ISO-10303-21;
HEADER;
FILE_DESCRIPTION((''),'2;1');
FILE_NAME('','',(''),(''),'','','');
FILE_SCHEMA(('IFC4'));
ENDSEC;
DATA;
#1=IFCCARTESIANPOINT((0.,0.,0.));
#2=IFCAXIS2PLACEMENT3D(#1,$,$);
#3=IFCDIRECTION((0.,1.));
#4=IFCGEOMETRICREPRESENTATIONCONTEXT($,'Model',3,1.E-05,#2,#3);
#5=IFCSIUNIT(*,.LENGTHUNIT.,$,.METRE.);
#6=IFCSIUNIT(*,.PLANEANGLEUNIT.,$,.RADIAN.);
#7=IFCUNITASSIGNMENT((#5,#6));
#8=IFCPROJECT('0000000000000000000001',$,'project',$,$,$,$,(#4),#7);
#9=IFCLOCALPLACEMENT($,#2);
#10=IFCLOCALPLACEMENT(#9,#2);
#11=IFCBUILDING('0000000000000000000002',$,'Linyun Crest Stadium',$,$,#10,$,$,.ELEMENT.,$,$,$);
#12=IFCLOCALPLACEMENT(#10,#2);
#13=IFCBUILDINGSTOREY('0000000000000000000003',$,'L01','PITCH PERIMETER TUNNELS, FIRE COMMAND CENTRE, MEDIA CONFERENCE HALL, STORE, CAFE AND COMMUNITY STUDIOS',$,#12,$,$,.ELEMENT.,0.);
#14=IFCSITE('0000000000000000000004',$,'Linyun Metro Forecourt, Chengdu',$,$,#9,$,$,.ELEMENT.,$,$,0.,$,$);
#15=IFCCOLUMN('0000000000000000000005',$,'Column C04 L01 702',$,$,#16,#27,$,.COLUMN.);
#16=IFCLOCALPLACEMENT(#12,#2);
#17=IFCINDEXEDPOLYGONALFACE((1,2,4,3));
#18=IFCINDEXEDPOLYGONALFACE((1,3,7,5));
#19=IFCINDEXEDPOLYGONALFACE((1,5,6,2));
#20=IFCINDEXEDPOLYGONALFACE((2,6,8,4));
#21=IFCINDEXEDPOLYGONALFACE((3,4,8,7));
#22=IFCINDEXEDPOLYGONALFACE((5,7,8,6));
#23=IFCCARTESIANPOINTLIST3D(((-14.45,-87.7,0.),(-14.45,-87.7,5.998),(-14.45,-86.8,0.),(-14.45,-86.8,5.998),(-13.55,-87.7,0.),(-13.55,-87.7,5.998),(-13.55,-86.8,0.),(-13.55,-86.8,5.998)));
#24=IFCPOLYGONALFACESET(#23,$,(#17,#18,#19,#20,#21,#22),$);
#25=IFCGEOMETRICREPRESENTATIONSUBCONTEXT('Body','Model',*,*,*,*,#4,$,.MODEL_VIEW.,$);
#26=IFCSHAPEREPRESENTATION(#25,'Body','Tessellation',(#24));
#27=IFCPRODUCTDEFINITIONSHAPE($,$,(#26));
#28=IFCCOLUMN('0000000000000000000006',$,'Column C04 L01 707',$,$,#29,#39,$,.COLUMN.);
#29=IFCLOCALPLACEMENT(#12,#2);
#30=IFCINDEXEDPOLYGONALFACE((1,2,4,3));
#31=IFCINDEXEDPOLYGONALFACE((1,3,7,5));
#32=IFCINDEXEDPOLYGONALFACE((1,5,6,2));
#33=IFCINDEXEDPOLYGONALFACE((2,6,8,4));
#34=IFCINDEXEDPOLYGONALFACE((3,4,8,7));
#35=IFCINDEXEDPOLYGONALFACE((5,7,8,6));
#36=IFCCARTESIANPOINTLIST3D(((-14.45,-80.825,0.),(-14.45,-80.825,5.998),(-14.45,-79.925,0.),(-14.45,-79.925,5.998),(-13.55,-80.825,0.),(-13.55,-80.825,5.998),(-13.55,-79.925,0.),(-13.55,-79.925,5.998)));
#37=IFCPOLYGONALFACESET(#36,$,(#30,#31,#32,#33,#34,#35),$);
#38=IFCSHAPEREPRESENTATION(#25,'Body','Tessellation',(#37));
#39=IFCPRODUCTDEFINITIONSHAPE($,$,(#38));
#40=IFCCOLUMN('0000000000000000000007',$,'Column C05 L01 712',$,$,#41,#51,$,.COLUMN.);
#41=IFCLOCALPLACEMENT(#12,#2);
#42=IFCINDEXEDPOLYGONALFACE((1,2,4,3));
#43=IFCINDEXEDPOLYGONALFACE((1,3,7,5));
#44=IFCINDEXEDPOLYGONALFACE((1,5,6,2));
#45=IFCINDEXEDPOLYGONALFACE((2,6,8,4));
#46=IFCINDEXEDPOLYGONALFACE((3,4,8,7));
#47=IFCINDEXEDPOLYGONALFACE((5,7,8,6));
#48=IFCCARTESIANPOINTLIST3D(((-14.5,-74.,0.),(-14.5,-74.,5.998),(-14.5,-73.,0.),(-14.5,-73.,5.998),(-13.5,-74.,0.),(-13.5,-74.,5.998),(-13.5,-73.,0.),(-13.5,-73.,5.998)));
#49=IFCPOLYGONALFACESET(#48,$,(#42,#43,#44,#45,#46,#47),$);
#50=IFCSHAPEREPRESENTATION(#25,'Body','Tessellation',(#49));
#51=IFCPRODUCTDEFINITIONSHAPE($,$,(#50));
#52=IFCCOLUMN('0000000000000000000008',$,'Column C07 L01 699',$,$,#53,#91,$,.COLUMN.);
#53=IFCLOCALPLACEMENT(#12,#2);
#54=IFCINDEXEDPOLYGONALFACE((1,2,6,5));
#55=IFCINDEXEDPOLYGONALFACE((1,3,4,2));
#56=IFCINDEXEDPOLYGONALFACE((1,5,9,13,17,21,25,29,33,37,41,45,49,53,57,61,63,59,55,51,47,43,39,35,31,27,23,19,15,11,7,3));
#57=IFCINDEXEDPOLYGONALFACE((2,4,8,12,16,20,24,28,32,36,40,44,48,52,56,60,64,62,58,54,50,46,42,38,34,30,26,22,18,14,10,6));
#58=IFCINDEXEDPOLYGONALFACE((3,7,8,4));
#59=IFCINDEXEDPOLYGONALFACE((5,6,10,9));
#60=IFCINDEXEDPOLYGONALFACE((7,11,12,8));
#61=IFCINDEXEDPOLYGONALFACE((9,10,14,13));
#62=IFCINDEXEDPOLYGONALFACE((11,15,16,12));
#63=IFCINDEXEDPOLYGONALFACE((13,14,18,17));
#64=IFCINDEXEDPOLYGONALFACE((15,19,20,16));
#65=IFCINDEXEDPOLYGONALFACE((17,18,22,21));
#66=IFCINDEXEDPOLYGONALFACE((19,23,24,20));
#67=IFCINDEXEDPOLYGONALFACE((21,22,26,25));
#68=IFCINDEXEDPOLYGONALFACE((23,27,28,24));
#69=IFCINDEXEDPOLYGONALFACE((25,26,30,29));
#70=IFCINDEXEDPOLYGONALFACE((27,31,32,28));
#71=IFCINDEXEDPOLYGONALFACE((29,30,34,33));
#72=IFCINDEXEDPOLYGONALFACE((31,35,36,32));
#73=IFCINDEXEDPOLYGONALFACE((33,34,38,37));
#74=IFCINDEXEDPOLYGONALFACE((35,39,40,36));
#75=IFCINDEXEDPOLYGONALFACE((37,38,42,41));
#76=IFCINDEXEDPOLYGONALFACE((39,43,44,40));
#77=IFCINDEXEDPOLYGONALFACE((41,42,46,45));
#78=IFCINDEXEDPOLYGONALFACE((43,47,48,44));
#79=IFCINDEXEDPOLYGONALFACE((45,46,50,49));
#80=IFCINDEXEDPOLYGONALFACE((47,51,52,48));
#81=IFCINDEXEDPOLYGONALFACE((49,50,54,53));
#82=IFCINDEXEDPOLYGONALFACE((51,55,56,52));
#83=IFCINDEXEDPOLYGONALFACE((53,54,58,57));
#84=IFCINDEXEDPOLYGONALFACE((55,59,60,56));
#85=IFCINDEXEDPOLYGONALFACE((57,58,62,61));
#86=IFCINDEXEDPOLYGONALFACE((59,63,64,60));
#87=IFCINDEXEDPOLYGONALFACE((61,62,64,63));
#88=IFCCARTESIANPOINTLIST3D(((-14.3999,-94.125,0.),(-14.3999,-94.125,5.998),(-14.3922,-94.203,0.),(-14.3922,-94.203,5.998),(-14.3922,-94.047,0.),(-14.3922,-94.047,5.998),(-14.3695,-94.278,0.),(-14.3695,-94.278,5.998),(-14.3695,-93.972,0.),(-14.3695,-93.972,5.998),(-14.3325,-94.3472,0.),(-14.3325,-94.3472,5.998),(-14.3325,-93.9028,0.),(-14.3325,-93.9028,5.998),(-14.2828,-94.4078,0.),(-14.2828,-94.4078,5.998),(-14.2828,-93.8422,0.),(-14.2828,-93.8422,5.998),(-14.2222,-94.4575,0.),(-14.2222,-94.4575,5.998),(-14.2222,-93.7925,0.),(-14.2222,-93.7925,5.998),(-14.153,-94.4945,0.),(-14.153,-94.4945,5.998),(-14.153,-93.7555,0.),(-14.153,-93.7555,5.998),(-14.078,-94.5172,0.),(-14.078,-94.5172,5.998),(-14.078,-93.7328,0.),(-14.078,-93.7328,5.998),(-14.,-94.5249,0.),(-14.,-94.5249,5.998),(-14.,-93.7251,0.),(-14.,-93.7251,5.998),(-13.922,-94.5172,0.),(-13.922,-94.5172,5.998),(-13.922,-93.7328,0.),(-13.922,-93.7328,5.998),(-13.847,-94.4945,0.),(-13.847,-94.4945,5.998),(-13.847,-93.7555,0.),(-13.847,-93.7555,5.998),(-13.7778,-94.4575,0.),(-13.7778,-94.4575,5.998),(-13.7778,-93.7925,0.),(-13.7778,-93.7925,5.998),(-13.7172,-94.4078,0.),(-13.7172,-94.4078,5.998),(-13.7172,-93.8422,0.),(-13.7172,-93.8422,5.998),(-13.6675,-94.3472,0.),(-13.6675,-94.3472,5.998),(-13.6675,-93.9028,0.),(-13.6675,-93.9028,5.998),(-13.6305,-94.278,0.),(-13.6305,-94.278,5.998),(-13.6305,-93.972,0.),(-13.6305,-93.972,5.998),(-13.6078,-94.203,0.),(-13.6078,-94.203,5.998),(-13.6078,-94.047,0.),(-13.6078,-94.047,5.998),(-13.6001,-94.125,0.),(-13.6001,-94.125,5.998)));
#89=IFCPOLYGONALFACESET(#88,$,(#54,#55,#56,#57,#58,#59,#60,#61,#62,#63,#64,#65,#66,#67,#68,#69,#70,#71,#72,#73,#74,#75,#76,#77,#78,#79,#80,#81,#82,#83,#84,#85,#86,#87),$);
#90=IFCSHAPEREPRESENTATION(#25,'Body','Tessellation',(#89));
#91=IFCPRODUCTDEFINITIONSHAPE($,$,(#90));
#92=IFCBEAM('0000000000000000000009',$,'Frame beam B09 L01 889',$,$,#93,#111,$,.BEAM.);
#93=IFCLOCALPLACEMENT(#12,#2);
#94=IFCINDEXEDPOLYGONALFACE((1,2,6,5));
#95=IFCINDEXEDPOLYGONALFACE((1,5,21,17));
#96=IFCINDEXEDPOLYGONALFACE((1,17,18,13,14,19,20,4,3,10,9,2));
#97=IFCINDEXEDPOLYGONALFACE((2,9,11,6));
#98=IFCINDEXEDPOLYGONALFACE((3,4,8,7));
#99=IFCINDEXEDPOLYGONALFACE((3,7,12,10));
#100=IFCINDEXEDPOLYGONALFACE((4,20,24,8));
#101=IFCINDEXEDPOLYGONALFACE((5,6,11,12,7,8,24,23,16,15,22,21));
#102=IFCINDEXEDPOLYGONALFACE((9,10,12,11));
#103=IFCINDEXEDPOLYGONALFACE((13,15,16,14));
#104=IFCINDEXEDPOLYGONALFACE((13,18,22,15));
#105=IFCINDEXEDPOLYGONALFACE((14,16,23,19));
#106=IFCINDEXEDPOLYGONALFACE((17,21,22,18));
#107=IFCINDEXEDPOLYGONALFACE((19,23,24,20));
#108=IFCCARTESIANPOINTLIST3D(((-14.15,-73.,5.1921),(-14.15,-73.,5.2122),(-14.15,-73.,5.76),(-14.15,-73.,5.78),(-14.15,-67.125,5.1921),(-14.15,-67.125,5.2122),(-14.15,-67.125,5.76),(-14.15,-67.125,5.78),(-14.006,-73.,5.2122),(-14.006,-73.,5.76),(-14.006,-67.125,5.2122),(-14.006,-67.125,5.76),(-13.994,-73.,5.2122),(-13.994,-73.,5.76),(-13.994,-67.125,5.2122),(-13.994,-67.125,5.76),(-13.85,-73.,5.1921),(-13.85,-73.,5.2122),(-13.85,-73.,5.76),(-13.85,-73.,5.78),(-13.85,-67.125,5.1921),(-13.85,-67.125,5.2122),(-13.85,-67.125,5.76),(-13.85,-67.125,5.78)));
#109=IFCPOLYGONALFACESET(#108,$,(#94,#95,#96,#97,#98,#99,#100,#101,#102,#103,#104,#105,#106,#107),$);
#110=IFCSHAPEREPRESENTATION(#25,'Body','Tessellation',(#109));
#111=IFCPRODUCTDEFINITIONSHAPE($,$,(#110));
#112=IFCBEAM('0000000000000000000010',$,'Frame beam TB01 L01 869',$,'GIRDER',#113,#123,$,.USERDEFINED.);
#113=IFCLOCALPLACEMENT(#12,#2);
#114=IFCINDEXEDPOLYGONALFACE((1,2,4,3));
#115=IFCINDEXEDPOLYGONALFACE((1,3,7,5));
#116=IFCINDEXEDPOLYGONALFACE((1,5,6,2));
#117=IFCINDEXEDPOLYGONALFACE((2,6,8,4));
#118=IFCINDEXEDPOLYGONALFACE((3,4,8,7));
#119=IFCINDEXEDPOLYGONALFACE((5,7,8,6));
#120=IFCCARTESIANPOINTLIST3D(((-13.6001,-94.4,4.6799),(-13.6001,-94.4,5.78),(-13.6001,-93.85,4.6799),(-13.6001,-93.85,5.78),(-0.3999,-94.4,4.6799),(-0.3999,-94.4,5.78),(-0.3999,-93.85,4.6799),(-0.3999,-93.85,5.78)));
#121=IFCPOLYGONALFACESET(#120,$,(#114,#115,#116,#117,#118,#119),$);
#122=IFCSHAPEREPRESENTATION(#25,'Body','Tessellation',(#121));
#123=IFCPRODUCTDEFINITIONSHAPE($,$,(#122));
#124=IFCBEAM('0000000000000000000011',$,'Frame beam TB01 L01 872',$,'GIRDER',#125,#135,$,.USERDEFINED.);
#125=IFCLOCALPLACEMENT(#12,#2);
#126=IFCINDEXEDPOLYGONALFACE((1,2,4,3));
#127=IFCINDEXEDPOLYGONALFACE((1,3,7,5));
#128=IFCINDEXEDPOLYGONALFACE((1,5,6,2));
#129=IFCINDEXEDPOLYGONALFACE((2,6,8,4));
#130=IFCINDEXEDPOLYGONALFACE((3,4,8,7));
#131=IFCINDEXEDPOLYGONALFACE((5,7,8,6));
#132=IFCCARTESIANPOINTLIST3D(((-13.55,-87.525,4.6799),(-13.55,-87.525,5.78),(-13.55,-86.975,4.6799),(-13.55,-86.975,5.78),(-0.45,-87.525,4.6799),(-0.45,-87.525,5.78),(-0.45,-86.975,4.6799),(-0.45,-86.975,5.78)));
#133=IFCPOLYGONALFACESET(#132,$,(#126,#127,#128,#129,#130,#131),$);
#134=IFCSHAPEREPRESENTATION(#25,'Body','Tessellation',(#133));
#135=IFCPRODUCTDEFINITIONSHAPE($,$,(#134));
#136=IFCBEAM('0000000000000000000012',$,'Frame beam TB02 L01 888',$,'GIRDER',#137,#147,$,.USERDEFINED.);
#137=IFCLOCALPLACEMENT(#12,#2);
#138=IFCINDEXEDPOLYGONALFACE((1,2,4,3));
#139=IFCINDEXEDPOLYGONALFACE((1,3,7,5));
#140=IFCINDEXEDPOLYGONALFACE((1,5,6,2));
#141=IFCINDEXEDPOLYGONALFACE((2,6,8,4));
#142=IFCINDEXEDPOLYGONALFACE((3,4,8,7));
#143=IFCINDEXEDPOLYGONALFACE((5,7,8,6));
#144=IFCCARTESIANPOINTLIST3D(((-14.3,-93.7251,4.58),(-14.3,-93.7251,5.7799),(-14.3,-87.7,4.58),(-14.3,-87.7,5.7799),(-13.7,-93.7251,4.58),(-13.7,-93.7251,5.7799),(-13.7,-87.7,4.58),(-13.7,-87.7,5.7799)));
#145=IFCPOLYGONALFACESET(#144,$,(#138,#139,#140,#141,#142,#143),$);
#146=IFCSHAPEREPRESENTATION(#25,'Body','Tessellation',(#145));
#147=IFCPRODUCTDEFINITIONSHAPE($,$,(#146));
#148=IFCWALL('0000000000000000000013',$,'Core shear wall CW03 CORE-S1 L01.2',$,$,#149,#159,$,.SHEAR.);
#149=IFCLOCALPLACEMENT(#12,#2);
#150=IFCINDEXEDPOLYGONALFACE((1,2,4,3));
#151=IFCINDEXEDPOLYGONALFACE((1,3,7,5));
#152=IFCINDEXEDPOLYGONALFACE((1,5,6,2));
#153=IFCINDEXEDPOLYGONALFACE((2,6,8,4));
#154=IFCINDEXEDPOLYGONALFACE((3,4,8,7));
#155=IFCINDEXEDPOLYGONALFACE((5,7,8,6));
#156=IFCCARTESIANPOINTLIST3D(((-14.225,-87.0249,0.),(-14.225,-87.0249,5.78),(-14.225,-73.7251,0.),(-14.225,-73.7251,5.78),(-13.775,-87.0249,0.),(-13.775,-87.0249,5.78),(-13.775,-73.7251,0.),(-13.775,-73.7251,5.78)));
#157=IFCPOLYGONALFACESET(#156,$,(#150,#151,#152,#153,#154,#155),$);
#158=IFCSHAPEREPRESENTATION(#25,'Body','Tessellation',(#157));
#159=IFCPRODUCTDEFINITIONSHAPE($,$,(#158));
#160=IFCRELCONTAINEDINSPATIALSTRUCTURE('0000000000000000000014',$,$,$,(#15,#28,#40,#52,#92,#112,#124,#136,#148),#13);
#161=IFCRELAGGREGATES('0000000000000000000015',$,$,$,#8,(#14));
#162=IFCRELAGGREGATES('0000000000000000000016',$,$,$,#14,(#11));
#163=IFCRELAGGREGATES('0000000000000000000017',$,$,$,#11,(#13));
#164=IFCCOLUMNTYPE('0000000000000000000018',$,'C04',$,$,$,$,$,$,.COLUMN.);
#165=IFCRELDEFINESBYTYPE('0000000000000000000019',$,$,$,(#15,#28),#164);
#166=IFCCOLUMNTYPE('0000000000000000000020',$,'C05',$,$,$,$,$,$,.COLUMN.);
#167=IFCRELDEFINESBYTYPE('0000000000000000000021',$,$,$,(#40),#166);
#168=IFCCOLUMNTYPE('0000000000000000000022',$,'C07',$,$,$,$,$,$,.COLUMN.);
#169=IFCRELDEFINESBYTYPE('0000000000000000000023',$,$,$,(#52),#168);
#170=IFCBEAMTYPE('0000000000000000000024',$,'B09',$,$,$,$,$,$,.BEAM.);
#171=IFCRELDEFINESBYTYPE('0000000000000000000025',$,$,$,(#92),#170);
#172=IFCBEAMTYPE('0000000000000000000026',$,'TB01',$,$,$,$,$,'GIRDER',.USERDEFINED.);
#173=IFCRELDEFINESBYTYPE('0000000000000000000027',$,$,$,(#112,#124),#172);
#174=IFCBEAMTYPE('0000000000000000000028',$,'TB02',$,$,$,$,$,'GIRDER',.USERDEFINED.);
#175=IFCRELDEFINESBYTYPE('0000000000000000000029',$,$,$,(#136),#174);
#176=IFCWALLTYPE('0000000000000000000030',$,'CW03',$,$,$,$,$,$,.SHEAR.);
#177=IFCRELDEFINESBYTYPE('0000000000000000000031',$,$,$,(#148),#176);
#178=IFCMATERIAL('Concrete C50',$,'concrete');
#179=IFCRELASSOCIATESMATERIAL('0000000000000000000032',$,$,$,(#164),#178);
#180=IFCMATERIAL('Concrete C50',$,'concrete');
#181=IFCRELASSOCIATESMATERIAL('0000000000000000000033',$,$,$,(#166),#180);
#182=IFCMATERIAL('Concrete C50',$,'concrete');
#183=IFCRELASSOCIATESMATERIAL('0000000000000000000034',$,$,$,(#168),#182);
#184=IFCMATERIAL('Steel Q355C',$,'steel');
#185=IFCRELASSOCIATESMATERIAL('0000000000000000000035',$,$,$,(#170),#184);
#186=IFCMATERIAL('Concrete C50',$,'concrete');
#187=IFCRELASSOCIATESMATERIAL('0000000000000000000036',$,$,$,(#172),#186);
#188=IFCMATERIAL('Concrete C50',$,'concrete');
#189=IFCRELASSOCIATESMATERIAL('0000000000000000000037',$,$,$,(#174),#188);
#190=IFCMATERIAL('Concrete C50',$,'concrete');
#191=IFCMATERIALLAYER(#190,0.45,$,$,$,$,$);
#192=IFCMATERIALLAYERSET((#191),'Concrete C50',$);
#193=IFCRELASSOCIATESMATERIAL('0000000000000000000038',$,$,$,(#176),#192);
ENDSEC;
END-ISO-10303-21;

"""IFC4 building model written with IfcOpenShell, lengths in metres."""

from ifc_helpers import new_model, si_unit, direction, frame, frame_2d, origin, origin_2d, place, context, subcontext, project, spatial, rectangle, circle, i_section, extrude, material, layer, layer_set, material_profile, profile_set, type_object, element, save


model = new_model("IFC4")

# Units and contexts
model_context = context("Model", 3, precision=1e-05, world=origin(), true_north=direction((0.0, 1.0)))
body_context = subcontext(model_context, "Body", "Model", "MODEL_VIEW")
ifc_project = project(units=[si_unit("LENGTHUNIT", "METRE"), si_unit("PLANEANGLEUNIT", "RADIAN")], contexts=[model_context])

# Site, building, storey
site_placement = place(None, origin())
site = spatial("IfcSite", under=ifc_project, at=site_placement, Name="Linyun Metro Forecourt, Chengdu", CompositionType="ELEMENT", RefElevation=0.0)
building_placement = place(site_placement, origin())
building = spatial("IfcBuilding", under=site, at=building_placement, Name="Linyun Crest Stadium", CompositionType="ELEMENT")
storey_placement = place(building_placement, origin())
storey = spatial("IfcBuildingStorey", under=building, at=storey_placement, Name="L01", Description="PITCH PERIMETER TUNNELS, FIRE COMMAND CENTRE, MEDIA CONFERENCE HALL, STORE, CAFE AND COMMUNITY STUDIOS", CompositionType="ELEMENT", Elevation=0.0)

# Columns
ifc_material_1 = material(Name="Concrete C50", Category="concrete")
ifc_material_profile_1 = material_profile(ifc_material_1, rectangle(XDim=0.8999, YDim=0.8999, at=origin_2d()), Name="RC 900x900")
ifc_profile_set_1 = profile_set([ifc_material_profile_1], Name="Concrete C50")
column_type_1 = type_object("IfcColumnType", Name="C04", PredefinedType="COLUMN", material=ifc_profile_set_1)
for number, where, z_axis, x_axis, name in (
    (1, (-14.0, -87.25, 0.0), (0.0, 0.0, 1.0), (1.0, 0.0, 0.0), "Column C04 L01 702"),
    (2, (-14.0, -80.375, 0.0), (0.0, 0.0, 1.0), (1.0, 0.0, 0.0), "Column C04 L01 707"),
):
    element("IfcColumn", number, at=place(storey_placement, frame(where, z_axis=z_axis, x_axis=x_axis)), inside=storey, type_object=column_type_1, Name=name, PredefinedType="COLUMN", context=body_context, shape_type="SweptSolid", body=[
        extrude(rectangle(XDim=0.8999, YDim=0.8999, at=origin_2d()), origin(), (0.0, 0.0, 1.0), 5.998),
    ])
ifc_material_2 = material(Name="Concrete C50", Category="concrete")
ifc_material_profile_2 = material_profile(ifc_material_2, rectangle(XDim=1.0, YDim=1.0, at=origin_2d()), Name="RC 1000x1000")
ifc_profile_set_2 = profile_set([ifc_material_profile_2], Name="Concrete C50")
column_type_2 = type_object("IfcColumnType", Name="C05", PredefinedType="COLUMN", material=ifc_profile_set_2)
column_1_placement = place(storey_placement, frame((-14.0, -73.5, 0.0), z_axis=(0.0, 0.0, 1.0), x_axis=(1.0, 0.0, 0.0)))
element("IfcColumn", 3, at=column_1_placement, inside=storey, type_object=column_type_2, Name="Column C05 L01 712", PredefinedType="COLUMN", context=body_context, shape_type="SweptSolid", body=[
    extrude(rectangle(XDim=1.0, YDim=1.0, at=origin_2d()), origin(), (0.0, 0.0, 1.0), 5.998),
])
ifc_material_3 = material(Name="Concrete C50", Category="concrete")
ifc_material_profile_3 = material_profile(ifc_material_3, circle(Radius=0.3999, at=origin_2d()), Name="RC D800")
ifc_profile_set_3 = profile_set([ifc_material_profile_3], Name="Concrete C50")
column_type_3 = type_object("IfcColumnType", Name="C07", PredefinedType="COLUMN", material=ifc_profile_set_3)
column_2_placement = place(storey_placement, frame((-14.0, -94.125, 0.0), z_axis=(0.0, 0.0, 1.0), x_axis=(1.0, 0.0, 0.0)))
element("IfcColumn", 4, at=column_2_placement, inside=storey, type_object=column_type_3, Name="Column C07 L01 699", PredefinedType="COLUMN", context=body_context, shape_type="SweptSolid", body=[
    extrude(circle(Radius=0.3999, at=origin_2d()), origin(), (0.0, 0.0, 1.0), 5.998),
])

# Beams
ifc_material_4 = material(Name="Steel Q355C", Category="steel")
ifc_material_profile_4 = material_profile(ifc_material_4, i_section(OverallWidth=0.3, OverallDepth=0.5879, WebThickness=0.012, FlangeThickness=0.02, at=origin_2d()), Name="HM 588x300")
ifc_profile_set_4 = profile_set([ifc_material_profile_4], Name="Steel Q355C")
beam_type_1 = type_object("IfcBeamType", Name="B09", PredefinedType="BEAM", material=ifc_profile_set_4)
beam_1_placement = place(storey_placement, frame((-14.0, -73.0, 5.4861), z_axis=(0.0, 1.0, 0.0), x_axis=(-1.0, 0.0, 0.0)))
element("IfcBeam", 5, at=beam_1_placement, inside=storey, type_object=beam_type_1, Name="Frame beam B09 L01 889", PredefinedType="BEAM", context=body_context, shape_type="SweptSolid", body=[
    extrude(i_section(OverallWidth=0.3, OverallDepth=0.5879, WebThickness=0.012, FlangeThickness=0.02, at=origin_2d()), origin(), (0.0, 0.0, 1.0), 5.875),
])
ifc_material_5 = material(Name="Concrete C50", Category="concrete")
ifc_material_profile_5 = material_profile(ifc_material_5, rectangle(XDim=0.55, YDim=1.1001, at=origin_2d()), Name="RCB 1100x550")
ifc_profile_set_5 = profile_set([ifc_material_profile_5], Name="Concrete C50")
beam_type_2 = type_object("IfcBeamType", Name="TB01", ElementType="GIRDER", PredefinedType="USERDEFINED", material=ifc_profile_set_5)
beam_2_placement = place(storey_placement, frame((-13.6001, -94.125, 5.23), z_axis=(1.0, 0.0, 0.0), x_axis=(0.0, 1.0, 0.0)))
element("IfcBeam", 6, at=beam_2_placement, inside=storey, type_object=beam_type_2, Name="Frame beam TB01 L01 869", ObjectType="GIRDER", PredefinedType="USERDEFINED", context=body_context, shape_type="SweptSolid", body=[
    extrude(rectangle(XDim=0.55, YDim=1.1001, at=origin_2d()), origin(), (0.0, 0.0, 1.0), 13.2002),
])
beam_3_placement = place(storey_placement, frame((-13.55, -87.25, 5.23), z_axis=(1.0, 0.0, 0.0), x_axis=(0.0, 1.0, 0.0)))
element("IfcBeam", 7, at=beam_3_placement, inside=storey, type_object=beam_type_2, Name="Frame beam TB01 L01 872", ObjectType="GIRDER", PredefinedType="USERDEFINED", context=body_context, shape_type="SweptSolid", body=[
    extrude(rectangle(XDim=0.55, YDim=1.1001, at=origin_2d()), origin(), (0.0, 0.0, 1.0), 13.1001),
])
ifc_material_6 = material(Name="Concrete C50", Category="concrete")
ifc_material_profile_6 = material_profile(ifc_material_6, rectangle(XDim=0.6001, YDim=1.2, at=origin_2d()), Name="RCB 1200x600")
ifc_profile_set_6 = profile_set([ifc_material_profile_6], Name="Concrete C50")
beam_type_3 = type_object("IfcBeamType", Name="TB02", ElementType="GIRDER", PredefinedType="USERDEFINED", material=ifc_profile_set_6)
beam_4_placement = place(storey_placement, frame((-14.0, -93.7251, 5.1799), z_axis=(0.0, 1.0, 0.0), x_axis=(-1.0, 0.0, 0.0)))
element("IfcBeam", 8, at=beam_4_placement, inside=storey, type_object=beam_type_3, Name="Frame beam TB02 L01 888", ObjectType="GIRDER", PredefinedType="USERDEFINED", context=body_context, shape_type="SweptSolid", body=[
    extrude(rectangle(XDim=0.6001, YDim=1.2, at=origin_2d()), origin(), (0.0, 0.0, 1.0), 6.0251),
])

# Wall
ifc_material_7 = material(Name="Concrete C50", Category="concrete")
ifc_layer_1 = layer(ifc_material_7, 0.45)
ifc_layer_set_1 = layer_set([ifc_layer_1], Name="Concrete C50")
wall_type_1 = type_object("IfcWallType", Name="CW03", PredefinedType="SHEAR", material=ifc_layer_set_1)
wall_1_placement = place(storey_placement, frame((-14.0, -87.0249, 0.0), z_axis=(0.0, 0.0, 1.0), x_axis=(0.0, 1.0, 0.0)))
element("IfcWall", 9, at=wall_1_placement, inside=storey, type_object=wall_type_1, Name="Core shear wall CW03 CORE-S1 L01.2", PredefinedType="SHEAR", context=body_context, shape_type="SweptSolid", body=[
    extrude(rectangle(XDim=13.2998, YDim=0.45, at=frame_2d((6.6499, 0.0))), origin(), (0.0, 0.0, 1.0), 5.78),
])

save(model, "model.ifc")
